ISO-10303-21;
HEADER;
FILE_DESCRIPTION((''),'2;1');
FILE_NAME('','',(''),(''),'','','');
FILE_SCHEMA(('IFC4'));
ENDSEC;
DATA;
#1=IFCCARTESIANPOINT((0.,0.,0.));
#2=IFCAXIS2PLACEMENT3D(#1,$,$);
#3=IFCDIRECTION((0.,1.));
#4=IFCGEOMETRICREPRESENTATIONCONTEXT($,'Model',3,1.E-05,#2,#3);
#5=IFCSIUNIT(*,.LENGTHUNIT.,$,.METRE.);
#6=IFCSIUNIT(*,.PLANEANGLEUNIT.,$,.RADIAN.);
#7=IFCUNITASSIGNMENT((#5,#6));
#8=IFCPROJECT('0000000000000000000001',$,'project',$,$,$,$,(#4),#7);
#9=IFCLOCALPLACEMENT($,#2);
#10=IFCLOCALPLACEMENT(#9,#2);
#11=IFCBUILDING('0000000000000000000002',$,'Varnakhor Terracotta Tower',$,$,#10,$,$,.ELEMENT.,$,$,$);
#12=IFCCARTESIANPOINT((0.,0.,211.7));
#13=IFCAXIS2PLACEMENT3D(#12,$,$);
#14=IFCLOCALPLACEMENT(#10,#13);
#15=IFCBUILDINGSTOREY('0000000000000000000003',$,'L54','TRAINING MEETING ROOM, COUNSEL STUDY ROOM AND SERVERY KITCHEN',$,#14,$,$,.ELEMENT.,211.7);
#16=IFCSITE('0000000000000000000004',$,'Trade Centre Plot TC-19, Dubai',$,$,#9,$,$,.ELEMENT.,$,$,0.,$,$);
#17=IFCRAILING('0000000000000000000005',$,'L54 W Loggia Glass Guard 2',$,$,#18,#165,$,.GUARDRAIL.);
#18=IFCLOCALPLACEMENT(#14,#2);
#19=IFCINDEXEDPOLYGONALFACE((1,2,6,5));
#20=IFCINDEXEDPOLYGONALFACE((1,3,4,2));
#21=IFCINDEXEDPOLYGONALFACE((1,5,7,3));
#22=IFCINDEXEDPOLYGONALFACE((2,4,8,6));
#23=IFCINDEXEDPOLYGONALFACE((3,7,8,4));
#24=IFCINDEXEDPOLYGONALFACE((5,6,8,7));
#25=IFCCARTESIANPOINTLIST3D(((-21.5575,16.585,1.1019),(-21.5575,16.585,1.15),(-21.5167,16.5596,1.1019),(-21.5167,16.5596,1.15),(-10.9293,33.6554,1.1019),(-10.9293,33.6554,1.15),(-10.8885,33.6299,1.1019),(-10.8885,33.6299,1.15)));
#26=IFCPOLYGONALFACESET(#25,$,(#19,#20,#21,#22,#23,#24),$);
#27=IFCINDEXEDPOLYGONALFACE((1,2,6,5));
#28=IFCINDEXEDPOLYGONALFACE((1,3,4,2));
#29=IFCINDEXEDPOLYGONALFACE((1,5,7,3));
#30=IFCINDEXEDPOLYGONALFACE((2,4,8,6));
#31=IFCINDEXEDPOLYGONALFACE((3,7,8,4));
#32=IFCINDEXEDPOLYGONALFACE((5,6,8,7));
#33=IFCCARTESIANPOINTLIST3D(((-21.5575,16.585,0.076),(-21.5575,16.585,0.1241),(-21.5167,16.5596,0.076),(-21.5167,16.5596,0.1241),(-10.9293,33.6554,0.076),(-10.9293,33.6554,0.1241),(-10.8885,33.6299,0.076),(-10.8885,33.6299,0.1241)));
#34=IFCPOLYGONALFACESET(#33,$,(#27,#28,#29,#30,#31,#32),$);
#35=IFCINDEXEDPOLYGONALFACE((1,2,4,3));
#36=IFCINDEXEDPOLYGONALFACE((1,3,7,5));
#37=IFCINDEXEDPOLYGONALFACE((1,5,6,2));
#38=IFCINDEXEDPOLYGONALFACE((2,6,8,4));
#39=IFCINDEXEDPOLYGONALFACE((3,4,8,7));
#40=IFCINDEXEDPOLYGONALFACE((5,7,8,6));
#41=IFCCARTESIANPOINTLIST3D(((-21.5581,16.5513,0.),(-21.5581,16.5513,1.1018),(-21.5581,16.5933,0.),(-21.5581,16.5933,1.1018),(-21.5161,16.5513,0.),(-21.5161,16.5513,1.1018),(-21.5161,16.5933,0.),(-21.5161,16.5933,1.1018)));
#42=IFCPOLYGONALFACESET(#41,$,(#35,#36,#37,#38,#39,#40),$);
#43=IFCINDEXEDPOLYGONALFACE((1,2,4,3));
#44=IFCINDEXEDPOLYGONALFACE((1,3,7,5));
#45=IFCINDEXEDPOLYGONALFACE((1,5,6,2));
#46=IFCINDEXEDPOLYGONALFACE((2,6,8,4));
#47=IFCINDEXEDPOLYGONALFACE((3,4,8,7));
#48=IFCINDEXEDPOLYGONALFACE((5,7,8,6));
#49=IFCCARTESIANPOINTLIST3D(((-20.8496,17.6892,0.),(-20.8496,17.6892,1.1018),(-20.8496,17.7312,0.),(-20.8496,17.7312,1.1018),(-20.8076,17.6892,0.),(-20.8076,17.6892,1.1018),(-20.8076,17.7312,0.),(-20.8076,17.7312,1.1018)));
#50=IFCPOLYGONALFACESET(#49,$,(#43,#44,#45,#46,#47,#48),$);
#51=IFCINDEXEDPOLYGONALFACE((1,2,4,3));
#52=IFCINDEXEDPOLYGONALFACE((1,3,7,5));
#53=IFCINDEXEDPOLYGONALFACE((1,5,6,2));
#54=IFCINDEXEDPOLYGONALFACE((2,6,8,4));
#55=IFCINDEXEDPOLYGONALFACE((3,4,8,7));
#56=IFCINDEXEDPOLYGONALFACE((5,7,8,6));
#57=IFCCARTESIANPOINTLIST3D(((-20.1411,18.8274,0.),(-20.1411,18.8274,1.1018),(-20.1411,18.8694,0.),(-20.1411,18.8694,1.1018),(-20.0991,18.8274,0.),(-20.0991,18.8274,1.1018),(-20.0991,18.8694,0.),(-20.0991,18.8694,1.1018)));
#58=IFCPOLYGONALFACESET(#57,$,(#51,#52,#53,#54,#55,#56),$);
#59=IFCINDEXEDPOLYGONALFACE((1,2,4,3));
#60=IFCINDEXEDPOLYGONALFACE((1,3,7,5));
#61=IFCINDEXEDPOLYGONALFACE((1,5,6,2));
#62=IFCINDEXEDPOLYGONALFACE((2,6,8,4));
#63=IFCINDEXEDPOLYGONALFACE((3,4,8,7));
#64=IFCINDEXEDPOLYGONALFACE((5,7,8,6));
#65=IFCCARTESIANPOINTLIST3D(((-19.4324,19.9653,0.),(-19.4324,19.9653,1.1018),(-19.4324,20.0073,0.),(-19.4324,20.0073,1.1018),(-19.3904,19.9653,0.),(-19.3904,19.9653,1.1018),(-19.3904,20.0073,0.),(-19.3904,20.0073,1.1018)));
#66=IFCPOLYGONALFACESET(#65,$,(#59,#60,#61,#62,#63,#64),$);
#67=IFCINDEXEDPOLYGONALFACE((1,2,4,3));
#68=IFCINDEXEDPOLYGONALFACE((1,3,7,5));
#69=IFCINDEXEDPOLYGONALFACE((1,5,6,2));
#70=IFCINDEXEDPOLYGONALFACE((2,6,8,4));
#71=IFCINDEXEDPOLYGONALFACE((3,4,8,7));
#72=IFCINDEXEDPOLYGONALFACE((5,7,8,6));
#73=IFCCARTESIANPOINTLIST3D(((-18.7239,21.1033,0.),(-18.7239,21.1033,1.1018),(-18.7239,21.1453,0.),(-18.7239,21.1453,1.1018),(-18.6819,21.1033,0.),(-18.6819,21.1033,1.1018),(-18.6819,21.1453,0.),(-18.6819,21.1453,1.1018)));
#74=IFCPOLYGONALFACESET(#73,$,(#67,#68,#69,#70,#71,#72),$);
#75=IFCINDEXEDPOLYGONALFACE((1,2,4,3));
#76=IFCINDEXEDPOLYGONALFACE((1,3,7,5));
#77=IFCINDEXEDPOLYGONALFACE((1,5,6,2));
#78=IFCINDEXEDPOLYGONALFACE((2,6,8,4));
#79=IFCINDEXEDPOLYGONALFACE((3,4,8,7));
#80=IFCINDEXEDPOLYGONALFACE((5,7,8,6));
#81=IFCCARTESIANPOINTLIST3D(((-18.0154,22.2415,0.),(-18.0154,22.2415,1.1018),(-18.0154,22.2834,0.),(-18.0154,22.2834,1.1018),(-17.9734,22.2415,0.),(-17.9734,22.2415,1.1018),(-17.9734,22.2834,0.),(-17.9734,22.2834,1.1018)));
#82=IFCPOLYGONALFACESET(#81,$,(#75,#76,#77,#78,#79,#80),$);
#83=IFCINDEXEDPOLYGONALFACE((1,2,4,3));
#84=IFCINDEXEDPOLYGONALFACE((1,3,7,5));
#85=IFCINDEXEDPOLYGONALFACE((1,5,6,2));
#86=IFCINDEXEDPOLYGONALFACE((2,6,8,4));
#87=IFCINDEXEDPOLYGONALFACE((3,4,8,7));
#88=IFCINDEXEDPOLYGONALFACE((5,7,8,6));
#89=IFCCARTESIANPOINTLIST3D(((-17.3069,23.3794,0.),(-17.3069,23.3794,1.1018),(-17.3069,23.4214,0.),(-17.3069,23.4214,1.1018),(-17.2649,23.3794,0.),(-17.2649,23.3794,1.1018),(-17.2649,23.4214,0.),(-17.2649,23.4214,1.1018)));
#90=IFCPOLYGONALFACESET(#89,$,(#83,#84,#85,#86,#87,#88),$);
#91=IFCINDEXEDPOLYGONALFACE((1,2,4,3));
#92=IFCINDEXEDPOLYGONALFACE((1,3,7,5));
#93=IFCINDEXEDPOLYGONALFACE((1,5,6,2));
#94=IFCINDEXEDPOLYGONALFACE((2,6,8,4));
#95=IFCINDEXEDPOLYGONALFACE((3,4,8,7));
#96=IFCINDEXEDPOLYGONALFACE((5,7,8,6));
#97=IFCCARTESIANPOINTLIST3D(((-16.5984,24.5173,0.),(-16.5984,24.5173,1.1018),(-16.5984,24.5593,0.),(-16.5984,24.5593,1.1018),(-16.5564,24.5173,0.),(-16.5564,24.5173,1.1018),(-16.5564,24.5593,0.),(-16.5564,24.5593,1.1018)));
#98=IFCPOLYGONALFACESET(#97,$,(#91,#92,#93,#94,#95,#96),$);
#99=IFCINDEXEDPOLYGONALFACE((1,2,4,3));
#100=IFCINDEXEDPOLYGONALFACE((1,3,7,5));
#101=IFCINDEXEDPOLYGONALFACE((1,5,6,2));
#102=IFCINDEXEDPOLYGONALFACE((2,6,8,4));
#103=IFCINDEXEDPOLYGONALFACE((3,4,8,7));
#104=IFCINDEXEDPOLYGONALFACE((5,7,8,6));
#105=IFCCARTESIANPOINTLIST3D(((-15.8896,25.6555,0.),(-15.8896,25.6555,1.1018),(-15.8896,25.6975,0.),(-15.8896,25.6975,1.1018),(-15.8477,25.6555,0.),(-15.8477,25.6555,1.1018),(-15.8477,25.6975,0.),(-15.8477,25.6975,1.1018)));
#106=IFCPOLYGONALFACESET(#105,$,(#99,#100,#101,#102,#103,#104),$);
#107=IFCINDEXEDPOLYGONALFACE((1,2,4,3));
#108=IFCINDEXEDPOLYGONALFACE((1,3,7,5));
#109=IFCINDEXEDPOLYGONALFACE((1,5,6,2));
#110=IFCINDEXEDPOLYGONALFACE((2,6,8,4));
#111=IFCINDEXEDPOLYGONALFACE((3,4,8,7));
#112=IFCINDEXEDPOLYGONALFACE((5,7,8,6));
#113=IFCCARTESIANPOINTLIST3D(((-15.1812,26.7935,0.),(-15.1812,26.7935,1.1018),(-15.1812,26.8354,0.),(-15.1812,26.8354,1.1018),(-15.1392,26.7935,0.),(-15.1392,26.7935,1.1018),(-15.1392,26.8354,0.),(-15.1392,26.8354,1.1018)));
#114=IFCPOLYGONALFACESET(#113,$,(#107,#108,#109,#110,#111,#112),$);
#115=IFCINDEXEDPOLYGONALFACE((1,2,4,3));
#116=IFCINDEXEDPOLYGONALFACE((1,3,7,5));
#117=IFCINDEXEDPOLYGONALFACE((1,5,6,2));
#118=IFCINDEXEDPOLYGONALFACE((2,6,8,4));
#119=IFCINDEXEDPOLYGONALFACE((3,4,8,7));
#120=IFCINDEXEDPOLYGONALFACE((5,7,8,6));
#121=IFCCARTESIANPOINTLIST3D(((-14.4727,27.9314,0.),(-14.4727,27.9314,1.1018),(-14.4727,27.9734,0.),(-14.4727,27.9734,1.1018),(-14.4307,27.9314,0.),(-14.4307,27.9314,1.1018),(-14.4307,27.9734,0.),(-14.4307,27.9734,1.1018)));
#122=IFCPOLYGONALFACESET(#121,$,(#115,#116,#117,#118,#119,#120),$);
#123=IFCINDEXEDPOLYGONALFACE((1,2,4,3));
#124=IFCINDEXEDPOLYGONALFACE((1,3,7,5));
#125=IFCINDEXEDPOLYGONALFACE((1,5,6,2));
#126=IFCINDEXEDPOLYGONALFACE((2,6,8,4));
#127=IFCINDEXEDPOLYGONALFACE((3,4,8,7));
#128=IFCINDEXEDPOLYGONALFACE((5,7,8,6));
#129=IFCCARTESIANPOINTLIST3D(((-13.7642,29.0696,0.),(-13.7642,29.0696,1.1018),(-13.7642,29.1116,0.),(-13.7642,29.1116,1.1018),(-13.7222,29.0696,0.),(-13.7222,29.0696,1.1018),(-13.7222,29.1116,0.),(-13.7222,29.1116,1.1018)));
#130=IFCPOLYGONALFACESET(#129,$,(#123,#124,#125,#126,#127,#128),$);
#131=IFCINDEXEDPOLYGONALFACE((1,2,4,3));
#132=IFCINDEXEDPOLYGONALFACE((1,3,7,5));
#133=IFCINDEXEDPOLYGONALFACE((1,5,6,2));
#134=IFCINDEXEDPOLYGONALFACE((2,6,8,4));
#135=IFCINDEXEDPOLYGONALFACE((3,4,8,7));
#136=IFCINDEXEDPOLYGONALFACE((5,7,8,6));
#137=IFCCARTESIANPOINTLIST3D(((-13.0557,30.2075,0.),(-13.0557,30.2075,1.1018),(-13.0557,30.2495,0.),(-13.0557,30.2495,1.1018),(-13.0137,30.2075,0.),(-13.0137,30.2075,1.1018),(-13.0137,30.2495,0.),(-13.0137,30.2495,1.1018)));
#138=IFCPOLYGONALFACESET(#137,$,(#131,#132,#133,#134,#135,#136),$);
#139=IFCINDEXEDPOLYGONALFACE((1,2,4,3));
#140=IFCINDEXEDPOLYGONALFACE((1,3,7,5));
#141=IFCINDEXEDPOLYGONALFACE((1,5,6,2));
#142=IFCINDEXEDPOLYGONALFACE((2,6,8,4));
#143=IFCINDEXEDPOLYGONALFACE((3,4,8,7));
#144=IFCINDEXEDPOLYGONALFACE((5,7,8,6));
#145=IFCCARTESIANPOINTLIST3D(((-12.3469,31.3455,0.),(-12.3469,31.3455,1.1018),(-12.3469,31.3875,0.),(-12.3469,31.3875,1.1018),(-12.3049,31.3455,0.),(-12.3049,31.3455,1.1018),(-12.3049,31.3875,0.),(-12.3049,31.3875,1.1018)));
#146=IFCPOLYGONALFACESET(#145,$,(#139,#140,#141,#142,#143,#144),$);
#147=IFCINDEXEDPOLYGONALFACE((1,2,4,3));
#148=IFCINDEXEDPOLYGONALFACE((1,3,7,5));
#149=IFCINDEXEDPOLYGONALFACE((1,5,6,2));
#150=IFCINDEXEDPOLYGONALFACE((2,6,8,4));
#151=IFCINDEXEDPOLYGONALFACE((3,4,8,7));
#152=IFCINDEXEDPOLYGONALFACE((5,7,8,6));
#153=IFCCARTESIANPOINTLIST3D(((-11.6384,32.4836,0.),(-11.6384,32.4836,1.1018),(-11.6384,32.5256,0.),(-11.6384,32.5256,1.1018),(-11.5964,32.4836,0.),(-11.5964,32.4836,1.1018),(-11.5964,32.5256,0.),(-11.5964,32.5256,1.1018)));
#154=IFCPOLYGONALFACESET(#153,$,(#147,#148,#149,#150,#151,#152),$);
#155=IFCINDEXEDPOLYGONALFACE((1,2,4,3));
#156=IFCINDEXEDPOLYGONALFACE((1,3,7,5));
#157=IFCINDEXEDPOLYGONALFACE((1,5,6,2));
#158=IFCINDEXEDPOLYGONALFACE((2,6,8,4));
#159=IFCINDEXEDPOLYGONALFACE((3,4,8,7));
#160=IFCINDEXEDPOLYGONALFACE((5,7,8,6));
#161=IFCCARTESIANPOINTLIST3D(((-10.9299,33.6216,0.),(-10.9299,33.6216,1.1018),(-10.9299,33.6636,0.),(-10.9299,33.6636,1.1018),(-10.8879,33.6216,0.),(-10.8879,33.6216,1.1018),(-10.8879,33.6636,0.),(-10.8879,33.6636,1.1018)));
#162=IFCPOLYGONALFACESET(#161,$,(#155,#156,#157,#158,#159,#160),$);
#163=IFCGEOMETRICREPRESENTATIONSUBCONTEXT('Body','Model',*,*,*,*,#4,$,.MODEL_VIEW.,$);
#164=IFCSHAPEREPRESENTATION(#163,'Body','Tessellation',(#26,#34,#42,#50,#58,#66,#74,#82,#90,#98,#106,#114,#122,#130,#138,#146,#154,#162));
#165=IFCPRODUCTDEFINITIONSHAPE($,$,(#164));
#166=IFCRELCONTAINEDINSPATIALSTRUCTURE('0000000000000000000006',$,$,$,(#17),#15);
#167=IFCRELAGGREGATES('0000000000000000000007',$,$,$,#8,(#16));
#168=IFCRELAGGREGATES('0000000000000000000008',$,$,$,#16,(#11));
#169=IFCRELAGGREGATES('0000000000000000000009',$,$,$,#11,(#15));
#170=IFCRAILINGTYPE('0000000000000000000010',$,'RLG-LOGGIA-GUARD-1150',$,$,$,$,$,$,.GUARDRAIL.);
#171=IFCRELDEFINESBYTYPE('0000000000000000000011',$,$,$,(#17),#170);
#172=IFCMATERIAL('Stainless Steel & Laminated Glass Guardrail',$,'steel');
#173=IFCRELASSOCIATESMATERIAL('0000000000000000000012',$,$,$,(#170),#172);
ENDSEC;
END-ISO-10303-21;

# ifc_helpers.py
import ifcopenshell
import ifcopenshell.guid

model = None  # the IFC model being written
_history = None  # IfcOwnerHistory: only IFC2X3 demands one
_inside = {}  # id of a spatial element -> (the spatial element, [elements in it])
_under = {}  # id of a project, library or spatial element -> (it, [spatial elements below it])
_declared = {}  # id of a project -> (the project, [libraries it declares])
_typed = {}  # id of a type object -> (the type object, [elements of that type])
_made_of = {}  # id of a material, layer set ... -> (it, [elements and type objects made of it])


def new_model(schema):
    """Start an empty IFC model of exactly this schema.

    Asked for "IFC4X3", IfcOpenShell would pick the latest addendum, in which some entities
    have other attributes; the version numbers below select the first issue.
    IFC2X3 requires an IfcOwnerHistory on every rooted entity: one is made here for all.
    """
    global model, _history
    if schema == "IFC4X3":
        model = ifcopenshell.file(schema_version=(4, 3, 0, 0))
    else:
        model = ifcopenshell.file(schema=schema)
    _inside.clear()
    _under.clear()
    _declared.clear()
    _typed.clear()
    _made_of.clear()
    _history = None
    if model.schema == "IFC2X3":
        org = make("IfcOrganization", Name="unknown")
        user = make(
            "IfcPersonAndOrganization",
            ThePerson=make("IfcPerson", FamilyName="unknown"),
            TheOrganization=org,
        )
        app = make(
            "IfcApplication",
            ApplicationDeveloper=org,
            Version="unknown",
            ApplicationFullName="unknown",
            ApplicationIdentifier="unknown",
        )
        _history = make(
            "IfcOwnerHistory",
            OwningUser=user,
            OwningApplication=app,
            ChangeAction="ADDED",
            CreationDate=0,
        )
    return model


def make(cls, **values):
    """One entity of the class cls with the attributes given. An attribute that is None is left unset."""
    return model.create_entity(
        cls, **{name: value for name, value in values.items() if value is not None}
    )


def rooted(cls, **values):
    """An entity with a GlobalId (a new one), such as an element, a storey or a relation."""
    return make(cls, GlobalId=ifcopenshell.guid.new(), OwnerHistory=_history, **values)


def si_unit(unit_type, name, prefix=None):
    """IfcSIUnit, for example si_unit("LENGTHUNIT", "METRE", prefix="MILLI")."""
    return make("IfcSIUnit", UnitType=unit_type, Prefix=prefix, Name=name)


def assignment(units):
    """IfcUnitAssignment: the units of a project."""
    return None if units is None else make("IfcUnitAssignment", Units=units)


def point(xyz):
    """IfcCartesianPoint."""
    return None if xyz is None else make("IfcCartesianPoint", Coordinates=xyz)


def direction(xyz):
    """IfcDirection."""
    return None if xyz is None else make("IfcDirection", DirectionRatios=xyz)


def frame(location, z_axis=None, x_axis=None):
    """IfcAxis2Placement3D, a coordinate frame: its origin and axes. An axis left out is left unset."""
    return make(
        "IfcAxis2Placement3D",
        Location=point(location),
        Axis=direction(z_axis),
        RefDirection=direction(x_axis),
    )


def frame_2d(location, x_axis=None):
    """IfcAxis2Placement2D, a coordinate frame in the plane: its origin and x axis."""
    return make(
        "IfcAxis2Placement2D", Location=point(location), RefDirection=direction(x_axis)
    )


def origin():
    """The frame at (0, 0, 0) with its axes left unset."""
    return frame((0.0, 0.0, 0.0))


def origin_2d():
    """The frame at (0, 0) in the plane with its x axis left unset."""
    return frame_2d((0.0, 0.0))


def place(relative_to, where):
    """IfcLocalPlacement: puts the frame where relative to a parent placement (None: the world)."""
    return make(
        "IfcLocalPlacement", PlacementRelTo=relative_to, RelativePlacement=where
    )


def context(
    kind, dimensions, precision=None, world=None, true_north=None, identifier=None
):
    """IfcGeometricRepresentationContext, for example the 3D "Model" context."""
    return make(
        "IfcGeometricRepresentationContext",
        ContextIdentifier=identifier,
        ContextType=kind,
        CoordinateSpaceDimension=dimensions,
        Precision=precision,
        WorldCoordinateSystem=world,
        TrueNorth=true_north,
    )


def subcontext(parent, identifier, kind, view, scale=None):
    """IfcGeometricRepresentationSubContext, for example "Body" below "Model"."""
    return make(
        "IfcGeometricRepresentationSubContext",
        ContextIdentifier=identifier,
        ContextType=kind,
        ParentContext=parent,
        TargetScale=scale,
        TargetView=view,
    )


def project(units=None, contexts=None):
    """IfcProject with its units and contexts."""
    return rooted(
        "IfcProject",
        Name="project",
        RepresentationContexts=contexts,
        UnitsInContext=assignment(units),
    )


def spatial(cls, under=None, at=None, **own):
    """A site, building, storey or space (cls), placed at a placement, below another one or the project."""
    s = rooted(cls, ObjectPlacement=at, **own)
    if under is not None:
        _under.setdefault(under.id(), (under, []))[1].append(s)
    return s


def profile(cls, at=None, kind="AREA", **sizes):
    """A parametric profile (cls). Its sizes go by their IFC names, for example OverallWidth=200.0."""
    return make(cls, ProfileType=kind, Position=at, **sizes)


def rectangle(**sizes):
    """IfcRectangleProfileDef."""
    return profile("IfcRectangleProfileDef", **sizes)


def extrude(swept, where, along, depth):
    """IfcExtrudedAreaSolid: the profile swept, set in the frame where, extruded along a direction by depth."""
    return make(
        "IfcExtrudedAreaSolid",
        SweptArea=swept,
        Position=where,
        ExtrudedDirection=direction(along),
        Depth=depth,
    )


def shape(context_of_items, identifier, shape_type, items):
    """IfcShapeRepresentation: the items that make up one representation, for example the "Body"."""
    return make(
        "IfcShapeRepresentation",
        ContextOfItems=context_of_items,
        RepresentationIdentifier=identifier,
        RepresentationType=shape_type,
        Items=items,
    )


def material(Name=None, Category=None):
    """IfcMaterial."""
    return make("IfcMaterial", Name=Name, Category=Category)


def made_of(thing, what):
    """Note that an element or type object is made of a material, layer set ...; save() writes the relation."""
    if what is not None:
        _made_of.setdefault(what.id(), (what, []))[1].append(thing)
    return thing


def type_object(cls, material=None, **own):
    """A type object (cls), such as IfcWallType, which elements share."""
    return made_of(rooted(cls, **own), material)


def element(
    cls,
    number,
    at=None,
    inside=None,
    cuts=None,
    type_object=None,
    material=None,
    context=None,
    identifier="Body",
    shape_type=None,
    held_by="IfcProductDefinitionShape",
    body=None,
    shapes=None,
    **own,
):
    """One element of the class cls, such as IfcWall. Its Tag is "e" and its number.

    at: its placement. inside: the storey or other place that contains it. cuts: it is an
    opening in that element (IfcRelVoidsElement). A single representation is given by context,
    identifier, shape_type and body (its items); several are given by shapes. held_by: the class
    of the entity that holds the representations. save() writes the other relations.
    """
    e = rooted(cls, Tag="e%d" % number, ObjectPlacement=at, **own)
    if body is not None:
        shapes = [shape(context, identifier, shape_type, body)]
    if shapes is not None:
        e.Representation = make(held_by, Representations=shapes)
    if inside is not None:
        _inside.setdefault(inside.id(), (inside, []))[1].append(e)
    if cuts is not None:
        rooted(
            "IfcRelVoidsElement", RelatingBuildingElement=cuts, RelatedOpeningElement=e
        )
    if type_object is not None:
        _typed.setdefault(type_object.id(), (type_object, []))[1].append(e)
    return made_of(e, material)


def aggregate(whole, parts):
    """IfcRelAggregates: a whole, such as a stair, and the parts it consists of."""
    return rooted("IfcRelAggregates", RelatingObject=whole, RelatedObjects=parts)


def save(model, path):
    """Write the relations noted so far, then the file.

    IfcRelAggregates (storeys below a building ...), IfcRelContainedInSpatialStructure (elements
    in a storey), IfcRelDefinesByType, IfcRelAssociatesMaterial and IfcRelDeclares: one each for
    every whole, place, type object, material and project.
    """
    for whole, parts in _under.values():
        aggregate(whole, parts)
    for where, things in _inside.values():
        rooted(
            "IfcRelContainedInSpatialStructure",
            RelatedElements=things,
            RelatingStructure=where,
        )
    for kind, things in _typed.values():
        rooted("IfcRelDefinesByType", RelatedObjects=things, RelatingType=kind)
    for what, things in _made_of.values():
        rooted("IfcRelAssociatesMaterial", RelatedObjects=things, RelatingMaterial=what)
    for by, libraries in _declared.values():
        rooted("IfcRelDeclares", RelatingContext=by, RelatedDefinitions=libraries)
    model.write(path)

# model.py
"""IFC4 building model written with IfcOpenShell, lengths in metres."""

from ifc_helpers import new_model, si_unit, direction, frame, origin, origin_2d, place, context, subcontext, project, spatial, rectangle, extrude, material, type_object, element, save


model = new_model("IFC4")

# Units and contexts
model_context = context("Model", 3, precision=1e-05, world=origin(), true_north=direction((0.0, 1.0)))
body_context = subcontext(model_context, "Body", "Model", "MODEL_VIEW")
ifc_project = project(units=[si_unit("LENGTHUNIT", "METRE"), si_unit("PLANEANGLEUNIT", "RADIAN")], contexts=[model_context])

# Site, building, storey
site_placement = place(None, origin())
site = spatial("IfcSite", under=ifc_project, at=site_placement, Name="Trade Centre Plot TC-19, Dubai", CompositionType="ELEMENT", RefElevation=0.0)
building_placement = place(site_placement, origin())
building = spatial("IfcBuilding", under=site, at=building_placement, Name="Varnakhor Terracotta Tower", CompositionType="ELEMENT")
storey_placement = place(building_placement, frame((0.0, 0.0, 211.7)))
storey = spatial("IfcBuildingStorey", under=building, at=storey_placement, Name="L54", Description="TRAINING MEETING ROOM, COUNSEL STUDY ROOM AND SERVERY KITCHEN", CompositionType="ELEMENT", Elevation=211.7)

# Railing
ifc_material_1 = material(Name="Stainless Steel & Laminated Glass Guardrail", Category="steel")
railing_type = type_object("IfcRailingType", Name="RLG-LOGGIA-GUARD-1150", PredefinedType="GUARDRAIL", material=ifc_material_1)
railing_1_placement = place(storey_placement, frame((-21.5371, 16.5723, 0.0)))
element("IfcRailing", 1, at=railing_1_placement, inside=storey, type_object=railing_type, Name="L54 W Loggia Glass Guard 2", PredefinedType="GUARDRAIL", context=body_context, shape_type="SweptSolid", body=[
    extrude(rectangle(XDim=0.0481, YDim=0.0481, at=origin_2d()), frame((0.0, 0.0, 1.126), z_axis=(0.52854, 0.848908, 0.0), x_axis=(-0.848908, 0.52854, 0.0)), (0.0, 0.0, 1.0), 20.1086),
    extrude(rectangle(XDim=0.0481, YDim=0.0481, at=origin_2d()), frame((0.0, 0.0, 0.1001), z_axis=(0.52854, 0.848908, 0.0), x_axis=(-0.848908, 0.52854, 0.0)), (0.0, 0.0, 1.0), 20.1086),
    extrude(rectangle(XDim=0.042, YDim=0.042, at=origin_2d()), origin(), (0.0, 0.0, 1.0), 1.1018),
    extrude(rectangle(XDim=0.042, YDim=0.042, at=origin_2d()), frame((0.7085, 1.1379, 0.0)), (0.0, 0.0, 1.0), 1.1018),
    extrude(rectangle(XDim=0.042, YDim=0.042, at=origin_2d()), frame((1.417, 2.2761, 0.0)), (0.0, 0.0, 1.0), 1.1018),
    extrude(rectangle(XDim=0.042, YDim=0.042, at=origin_2d()), frame((2.1257, 3.4141, 0.0)), (0.0, 0.0, 1.0), 1.1018),
    extrude(rectangle(XDim=0.042, YDim=0.042, at=origin_2d()), frame((2.8342, 4.552, 0.0)), (0.0, 0.0, 1.0), 1.1018),
    extrude(rectangle(XDim=0.042, YDim=0.042, at=origin_2d()), frame((3.5427, 5.6902, 0.0)), (0.0, 0.0, 1.0), 1.1018),
    extrude(rectangle(XDim=0.042, YDim=0.042, at=origin_2d()), frame((4.2512, 6.8281, 0.0)), (0.0, 0.0, 1.0), 1.1018),
    extrude(rectangle(XDim=0.042, YDim=0.042, at=origin_2d()), frame((4.9597, 7.9661, 0.0)), (0.0, 0.0, 1.0), 1.1018),
    extrude(rectangle(XDim=0.042, YDim=0.042, at=origin_2d()), frame((5.6685, 9.1042, 0.0)), (0.0, 0.0, 1.0), 1.1018),
    extrude(rectangle(XDim=0.042, YDim=0.042, at=origin_2d()), frame((6.377, 10.2422, 0.0)), (0.0, 0.0, 1.0), 1.1018),
    extrude(rectangle(XDim=0.042, YDim=0.042, at=origin_2d()), frame((7.0854, 11.3801, 0.0)), (0.0, 0.0, 1.0), 1.1018),
    extrude(rectangle(XDim=0.042, YDim=0.042, at=origin_2d()), frame((7.7939, 12.5183, 0.0)), (0.0, 0.0, 1.0), 1.1018),
    extrude(rectangle(XDim=0.042, YDim=0.042, at=origin_2d()), frame((8.5024, 13.6562, 0.0)), (0.0, 0.0, 1.0), 1.1018),
    extrude(rectangle(XDim=0.042, YDim=0.042, at=origin_2d()), frame((9.2112, 14.7942, 0.0)), (0.0, 0.0, 1.0), 1.1018),
    extrude(rectangle(XDim=0.042, YDim=0.042, at=origin_2d()), frame((9.9197, 15.9324, 0.0)), (0.0, 0.0, 1.0), 1.1018),
    extrude(rectangle(XDim=0.042, YDim=0.042, at=origin_2d()), frame((10.6282, 17.0703, 0.0)), (0.0, 0.0, 1.0), 1.1018),
])

save(model, "model.ifc")
